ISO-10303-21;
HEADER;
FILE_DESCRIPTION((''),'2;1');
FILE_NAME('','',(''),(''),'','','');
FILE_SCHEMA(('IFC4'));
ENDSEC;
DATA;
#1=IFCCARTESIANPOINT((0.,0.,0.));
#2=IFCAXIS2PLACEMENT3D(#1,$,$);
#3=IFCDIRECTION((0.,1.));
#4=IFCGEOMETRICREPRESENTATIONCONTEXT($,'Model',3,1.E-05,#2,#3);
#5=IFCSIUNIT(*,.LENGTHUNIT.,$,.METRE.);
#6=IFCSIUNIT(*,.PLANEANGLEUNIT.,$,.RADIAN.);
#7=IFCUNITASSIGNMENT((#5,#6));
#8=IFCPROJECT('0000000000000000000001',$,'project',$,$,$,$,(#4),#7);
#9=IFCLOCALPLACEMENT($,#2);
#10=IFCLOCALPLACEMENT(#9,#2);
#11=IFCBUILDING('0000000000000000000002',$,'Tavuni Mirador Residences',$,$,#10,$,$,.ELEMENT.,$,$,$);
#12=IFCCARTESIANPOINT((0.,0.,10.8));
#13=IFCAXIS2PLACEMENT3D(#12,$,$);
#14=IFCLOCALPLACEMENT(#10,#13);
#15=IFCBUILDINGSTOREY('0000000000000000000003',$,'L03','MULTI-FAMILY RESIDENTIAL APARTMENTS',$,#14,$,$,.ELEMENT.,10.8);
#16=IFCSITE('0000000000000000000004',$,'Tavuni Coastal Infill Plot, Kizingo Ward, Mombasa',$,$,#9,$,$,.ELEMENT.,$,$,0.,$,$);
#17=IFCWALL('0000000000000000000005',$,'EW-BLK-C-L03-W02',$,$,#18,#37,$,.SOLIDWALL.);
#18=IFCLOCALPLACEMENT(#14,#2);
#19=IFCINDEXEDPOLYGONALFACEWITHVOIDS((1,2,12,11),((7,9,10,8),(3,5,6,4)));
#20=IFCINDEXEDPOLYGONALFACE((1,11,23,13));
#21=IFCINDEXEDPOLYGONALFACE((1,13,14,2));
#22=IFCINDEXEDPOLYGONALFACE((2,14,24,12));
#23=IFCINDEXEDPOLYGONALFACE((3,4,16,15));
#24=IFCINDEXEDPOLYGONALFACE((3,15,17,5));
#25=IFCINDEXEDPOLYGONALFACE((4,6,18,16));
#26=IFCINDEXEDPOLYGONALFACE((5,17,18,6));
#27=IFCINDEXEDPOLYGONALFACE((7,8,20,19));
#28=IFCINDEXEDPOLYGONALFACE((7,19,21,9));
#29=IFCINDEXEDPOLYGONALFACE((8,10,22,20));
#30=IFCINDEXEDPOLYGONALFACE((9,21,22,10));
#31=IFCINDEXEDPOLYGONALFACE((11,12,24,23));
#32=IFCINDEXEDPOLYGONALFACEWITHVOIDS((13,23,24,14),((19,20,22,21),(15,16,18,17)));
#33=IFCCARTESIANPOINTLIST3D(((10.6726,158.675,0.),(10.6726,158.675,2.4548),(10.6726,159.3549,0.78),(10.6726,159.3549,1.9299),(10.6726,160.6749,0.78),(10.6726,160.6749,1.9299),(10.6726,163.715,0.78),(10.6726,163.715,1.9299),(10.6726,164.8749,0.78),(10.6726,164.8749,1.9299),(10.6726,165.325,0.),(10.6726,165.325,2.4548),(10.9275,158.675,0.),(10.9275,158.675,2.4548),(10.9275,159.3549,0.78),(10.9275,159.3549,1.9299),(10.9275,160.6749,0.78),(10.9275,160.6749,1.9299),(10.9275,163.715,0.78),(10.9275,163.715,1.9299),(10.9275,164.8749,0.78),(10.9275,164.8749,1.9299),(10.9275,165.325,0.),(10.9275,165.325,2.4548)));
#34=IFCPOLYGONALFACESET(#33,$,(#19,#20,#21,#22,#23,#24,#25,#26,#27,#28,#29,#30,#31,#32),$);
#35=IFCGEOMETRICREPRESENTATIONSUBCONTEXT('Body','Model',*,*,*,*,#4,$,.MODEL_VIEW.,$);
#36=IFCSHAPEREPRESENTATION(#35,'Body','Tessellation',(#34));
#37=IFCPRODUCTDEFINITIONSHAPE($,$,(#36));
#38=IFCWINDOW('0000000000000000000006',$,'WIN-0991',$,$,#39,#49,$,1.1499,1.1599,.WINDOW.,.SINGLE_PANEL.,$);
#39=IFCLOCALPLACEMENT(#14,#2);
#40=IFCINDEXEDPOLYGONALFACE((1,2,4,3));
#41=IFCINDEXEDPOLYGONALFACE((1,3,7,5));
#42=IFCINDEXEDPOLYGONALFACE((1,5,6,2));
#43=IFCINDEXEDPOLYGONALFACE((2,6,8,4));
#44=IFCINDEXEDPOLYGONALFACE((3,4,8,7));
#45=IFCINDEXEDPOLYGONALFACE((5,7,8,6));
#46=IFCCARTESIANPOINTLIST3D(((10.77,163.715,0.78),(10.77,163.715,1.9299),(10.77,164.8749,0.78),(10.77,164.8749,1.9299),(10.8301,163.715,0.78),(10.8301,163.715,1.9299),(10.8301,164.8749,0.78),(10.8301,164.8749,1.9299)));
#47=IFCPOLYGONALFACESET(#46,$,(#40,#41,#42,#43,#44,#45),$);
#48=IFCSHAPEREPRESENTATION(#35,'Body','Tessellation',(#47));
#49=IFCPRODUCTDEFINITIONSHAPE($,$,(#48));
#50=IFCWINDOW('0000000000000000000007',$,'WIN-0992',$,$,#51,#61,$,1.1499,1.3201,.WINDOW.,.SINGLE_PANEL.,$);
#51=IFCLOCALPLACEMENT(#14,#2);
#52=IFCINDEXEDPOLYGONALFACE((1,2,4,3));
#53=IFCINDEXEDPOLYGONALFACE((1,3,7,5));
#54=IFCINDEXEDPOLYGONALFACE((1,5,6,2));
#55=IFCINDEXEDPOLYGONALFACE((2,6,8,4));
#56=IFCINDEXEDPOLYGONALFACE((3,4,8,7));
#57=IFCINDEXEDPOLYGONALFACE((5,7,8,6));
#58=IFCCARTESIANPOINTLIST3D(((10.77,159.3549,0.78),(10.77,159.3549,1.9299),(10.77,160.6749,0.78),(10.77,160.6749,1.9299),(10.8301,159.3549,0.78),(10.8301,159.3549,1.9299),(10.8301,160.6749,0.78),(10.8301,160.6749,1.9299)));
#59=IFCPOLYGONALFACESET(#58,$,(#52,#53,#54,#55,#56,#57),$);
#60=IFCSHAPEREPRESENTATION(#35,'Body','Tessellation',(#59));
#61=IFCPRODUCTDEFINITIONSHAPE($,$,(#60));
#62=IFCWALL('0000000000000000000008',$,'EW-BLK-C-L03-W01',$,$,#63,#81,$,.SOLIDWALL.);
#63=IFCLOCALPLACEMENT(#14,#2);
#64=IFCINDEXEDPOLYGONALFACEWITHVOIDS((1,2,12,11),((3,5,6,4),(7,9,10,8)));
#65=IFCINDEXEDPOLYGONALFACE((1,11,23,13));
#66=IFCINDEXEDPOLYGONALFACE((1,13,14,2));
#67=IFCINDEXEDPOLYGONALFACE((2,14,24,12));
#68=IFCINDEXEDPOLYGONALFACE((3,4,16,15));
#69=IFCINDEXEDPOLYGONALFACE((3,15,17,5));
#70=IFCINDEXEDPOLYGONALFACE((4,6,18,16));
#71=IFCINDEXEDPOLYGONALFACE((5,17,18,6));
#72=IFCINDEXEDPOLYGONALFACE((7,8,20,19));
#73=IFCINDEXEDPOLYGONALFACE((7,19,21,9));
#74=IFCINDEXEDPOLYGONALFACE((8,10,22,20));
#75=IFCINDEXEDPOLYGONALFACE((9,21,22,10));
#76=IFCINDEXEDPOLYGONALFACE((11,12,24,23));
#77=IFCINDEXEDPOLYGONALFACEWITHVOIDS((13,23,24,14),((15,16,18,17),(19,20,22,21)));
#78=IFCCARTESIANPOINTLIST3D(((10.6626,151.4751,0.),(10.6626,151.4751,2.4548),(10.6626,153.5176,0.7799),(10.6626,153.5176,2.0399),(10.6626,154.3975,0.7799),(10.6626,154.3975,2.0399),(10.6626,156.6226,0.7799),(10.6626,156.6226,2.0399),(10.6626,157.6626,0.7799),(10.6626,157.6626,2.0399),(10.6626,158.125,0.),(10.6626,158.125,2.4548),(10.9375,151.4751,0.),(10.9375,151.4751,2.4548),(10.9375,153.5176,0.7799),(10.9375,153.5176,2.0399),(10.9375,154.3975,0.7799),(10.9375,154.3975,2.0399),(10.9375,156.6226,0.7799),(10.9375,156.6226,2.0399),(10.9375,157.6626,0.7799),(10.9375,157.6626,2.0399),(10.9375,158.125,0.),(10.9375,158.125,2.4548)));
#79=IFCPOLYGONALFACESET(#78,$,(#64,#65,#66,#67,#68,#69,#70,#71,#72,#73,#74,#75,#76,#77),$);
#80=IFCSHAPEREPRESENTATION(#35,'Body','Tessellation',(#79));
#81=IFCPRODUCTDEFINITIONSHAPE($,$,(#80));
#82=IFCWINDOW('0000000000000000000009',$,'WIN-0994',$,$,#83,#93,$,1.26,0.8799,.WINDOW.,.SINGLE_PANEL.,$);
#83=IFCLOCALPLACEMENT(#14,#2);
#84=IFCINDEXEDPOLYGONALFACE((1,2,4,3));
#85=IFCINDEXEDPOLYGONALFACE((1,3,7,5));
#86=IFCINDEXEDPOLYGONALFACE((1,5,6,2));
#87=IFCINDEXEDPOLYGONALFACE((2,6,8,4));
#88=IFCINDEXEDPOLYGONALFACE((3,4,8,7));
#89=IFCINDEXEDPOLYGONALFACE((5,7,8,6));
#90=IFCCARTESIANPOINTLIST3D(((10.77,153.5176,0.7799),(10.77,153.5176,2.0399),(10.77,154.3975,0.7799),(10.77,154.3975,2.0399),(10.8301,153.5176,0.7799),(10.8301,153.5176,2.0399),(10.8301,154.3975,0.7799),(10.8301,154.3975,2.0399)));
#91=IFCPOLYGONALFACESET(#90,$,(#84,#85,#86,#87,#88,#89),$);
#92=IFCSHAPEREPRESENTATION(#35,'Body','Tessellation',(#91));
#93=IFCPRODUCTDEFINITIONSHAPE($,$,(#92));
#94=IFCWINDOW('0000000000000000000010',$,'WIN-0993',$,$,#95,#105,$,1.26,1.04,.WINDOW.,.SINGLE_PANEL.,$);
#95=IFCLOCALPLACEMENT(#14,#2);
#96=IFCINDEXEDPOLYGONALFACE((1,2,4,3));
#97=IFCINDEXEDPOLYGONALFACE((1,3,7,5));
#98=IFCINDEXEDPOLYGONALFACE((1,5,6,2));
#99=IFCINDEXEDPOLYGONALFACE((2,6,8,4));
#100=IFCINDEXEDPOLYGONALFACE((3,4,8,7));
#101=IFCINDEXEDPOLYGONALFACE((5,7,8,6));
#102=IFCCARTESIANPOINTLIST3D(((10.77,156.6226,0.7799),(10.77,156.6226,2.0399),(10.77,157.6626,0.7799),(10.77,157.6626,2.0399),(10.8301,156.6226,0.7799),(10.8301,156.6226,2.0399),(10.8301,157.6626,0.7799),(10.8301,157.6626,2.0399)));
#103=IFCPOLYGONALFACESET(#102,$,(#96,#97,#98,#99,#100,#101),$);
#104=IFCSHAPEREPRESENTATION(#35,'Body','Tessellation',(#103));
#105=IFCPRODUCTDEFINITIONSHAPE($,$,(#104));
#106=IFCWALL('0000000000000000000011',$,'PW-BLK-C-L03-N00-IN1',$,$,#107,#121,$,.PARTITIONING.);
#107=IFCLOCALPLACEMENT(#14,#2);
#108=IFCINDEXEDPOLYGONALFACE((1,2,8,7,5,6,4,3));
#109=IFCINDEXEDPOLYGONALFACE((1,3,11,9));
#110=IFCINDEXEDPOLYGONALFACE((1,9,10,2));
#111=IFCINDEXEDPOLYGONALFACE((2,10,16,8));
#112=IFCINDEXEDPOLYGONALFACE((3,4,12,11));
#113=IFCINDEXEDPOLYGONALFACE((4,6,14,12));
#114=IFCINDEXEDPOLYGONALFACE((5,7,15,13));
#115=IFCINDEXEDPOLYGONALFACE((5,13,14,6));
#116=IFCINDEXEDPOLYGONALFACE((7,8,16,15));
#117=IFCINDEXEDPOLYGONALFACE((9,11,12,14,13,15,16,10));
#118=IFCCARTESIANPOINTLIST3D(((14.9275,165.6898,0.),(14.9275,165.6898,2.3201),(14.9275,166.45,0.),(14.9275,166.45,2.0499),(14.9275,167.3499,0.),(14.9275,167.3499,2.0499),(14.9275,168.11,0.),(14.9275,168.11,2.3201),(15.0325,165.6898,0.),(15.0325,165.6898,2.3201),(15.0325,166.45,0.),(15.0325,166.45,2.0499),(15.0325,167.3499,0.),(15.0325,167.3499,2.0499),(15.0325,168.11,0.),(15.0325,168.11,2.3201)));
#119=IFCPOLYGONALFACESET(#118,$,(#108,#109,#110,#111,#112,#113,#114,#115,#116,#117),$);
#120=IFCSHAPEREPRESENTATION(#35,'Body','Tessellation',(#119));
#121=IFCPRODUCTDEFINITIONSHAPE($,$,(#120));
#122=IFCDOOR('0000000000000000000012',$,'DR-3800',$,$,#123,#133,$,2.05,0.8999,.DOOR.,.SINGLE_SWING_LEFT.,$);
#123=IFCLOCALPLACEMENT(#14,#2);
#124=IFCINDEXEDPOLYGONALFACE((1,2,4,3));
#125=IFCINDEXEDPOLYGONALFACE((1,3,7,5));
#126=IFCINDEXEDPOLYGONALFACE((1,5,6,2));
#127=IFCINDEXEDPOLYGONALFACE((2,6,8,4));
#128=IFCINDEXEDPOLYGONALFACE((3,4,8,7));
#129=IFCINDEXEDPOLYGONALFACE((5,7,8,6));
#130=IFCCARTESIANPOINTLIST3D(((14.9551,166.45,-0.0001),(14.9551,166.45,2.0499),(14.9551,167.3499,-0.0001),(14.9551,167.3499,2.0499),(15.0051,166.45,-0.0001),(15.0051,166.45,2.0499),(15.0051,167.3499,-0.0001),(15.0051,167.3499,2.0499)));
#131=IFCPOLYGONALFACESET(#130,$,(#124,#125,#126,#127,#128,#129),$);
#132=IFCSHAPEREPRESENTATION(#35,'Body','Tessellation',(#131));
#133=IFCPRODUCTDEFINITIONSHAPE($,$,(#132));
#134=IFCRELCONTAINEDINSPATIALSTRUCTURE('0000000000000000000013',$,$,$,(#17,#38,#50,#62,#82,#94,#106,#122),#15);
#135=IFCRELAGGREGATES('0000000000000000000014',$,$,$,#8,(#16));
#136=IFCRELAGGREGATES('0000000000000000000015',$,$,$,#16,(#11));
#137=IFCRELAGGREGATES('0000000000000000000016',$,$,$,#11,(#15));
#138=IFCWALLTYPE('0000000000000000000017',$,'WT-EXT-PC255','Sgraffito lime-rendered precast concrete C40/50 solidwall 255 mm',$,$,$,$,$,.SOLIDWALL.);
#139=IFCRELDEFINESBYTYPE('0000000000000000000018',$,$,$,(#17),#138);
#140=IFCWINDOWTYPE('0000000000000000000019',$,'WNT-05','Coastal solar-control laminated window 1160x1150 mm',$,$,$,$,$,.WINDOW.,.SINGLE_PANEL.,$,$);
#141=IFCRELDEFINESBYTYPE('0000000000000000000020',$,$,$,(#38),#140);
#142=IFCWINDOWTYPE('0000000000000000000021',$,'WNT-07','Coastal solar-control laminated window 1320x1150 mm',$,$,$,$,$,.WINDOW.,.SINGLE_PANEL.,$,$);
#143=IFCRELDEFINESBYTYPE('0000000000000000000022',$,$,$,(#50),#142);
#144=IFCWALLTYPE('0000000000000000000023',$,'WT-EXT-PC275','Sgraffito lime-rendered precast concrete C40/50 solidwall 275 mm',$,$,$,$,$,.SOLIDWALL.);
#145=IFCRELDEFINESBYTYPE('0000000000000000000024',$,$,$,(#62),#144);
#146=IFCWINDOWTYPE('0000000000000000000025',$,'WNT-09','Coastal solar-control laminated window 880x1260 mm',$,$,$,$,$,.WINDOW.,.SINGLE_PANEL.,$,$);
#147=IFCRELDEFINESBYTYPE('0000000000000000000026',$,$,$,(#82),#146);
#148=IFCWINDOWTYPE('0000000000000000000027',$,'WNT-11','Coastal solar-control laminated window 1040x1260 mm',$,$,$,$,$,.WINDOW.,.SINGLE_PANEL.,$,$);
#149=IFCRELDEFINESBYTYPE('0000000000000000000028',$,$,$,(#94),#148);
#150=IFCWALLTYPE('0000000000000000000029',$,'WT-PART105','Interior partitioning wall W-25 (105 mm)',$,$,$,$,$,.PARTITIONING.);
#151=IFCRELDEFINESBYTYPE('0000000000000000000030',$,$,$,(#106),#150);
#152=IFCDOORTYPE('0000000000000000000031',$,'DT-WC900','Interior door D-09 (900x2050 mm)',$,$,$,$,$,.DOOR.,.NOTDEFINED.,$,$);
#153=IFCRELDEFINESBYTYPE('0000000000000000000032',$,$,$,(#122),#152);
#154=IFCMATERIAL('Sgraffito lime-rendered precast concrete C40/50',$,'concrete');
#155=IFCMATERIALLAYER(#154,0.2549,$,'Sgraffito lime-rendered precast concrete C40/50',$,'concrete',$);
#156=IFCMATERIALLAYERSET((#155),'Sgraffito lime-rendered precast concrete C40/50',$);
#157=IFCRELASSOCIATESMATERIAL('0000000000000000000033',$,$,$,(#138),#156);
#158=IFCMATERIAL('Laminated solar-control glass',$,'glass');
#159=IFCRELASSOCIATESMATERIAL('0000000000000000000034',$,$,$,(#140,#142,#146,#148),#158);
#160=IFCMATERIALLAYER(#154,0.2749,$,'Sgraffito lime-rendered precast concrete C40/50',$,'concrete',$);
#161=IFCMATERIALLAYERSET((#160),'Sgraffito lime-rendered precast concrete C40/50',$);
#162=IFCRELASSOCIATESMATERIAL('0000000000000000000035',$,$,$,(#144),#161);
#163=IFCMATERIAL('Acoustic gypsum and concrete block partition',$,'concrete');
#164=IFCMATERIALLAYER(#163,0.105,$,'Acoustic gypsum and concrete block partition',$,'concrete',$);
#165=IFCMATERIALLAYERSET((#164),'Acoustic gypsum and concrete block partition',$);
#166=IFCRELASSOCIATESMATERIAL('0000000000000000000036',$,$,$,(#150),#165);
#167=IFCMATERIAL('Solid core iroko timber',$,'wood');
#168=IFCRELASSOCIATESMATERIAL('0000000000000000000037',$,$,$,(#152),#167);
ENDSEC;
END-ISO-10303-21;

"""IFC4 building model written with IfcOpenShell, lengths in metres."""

from ifc_helpers import new_model, si_unit, direction, frame, frame_2d, origin, place, context, subcontext, project, spatial, rectangle, extrude, material, layer, layer_set, type_object, element, fill, save


model = new_model("IFC4")

# Units and contexts
model_context = context("Model", 3, precision=1e-05, world=origin(), true_north=direction((0.0, 1.0)))
body_context = subcontext(model_context, "Body", "Model", "MODEL_VIEW")
ifc_project = project(units=[si_unit("LENGTHUNIT", "METRE"), si_unit("PLANEANGLEUNIT", "RADIAN")], contexts=[model_context])

# Site, building, storey
site_placement = place(None, origin())
site = spatial("IfcSite", under=ifc_project, at=site_placement, Name="Tavuni Coastal Infill Plot, Kizingo Ward, Mombasa", CompositionType="ELEMENT", RefElevation=0.0)
building_placement = place(site_placement, origin())
building = spatial("IfcBuilding", under=site, at=building_placement, Name="Tavuni Mirador Residences", CompositionType="ELEMENT")
storey_placement = place(building_placement, frame((0.0, 0.0, 10.8)))
storey = spatial("IfcBuildingStorey", under=building, at=storey_placement, Name="L03", Description="MULTI-FAMILY RESIDENTIAL APARTMENTS", CompositionType="ELEMENT", Elevation=10.8)

# Shared definitions
ifc_material_1 = material(Name="Solid core iroko timber", Category="wood")

# Walls, openings, windows
ifc_material_2 = material(Name="Sgraffito lime-rendered precast concrete C40/50", Category="concrete")
ifc_layer_1 = layer(ifc_material_2, 0.2549, Name="Sgraffito lime-rendered precast concrete C40/50", Category="concrete")
ifc_layer_set_1 = layer_set([ifc_layer_1], Name="Sgraffito lime-rendered precast concrete C40/50")
wall_type_1 = type_object("IfcWallType", Name="WT-EXT-PC255", Description="Sgraffito lime-rendered precast concrete C40/50 solidwall 255 mm", PredefinedType="SOLIDWALL", material=ifc_layer_set_1)
wall_1_placement = place(storey_placement, frame((10.8, 165.325, 0.0), z_axis=(0.0, 0.0, 1.0), x_axis=(0.0, -1.0, 0.0)))
wall_1 = element("IfcWall", 1, at=wall_1_placement, inside=storey, type_object=wall_type_1, Name="EW-BLK-C-L03-W02", PredefinedType="SOLIDWALL", context=body_context, shape_type="SweptSolid", body=[
    extrude(rectangle(XDim=6.6499, YDim=0.2549, at=frame_2d((3.325, 0.0))), origin(), (0.0, 0.0, 1.0), 2.4548),
])
opening_1_placement = place(wall_1_placement, frame((0.45, 0.0, 0.78)))
opening_1 = element("IfcOpeningElement", 2, at=opening_1_placement, cuts=wall_1, PredefinedType="OPENING", context=body_context, shape_type="SweptSolid", body=[
    extrude(rectangle(XDim=1.1599, YDim=1.1499, at=frame_2d((0.5801, 0.575))), frame((0.0, 0.1375, 0.0), z_axis=(0.0, -1.0, 0.0), x_axis=(1.0, 0.0, 0.0)), (0.0, 0.0, 1.0), 0.2749),
])
opening_2_placement = place(wall_1_placement, frame((4.6499, 0.0, 0.78)))
opening_2 = element("IfcOpeningElement", 3, at=opening_2_placement, cuts=wall_1, PredefinedType="OPENING", context=body_context, shape_type="SweptSolid", body=[
    extrude(rectangle(XDim=1.3201, YDim=1.1499, at=frame_2d((0.6602, 0.575))), frame((0.0, 0.1375, 0.0), z_axis=(0.0, -1.0, 0.0), x_axis=(1.0, 0.0, 0.0)), (0.0, 0.0, 1.0), 0.2749),
])
ifc_material_3 = material(Name="Laminated solar-control glass", Category="glass")
window_type_1 = type_object("IfcWindowType", Name="WNT-05", Description="Coastal solar-control laminated window 1160x1150 mm", PartitioningType="SINGLE_PANEL", PredefinedType="WINDOW", material=ifc_material_3)
window_1_placement = place(opening_1_placement, origin())
window_1 = element("IfcWindow", 4, at=window_1_placement, inside=storey, type_object=window_type_1, Name="WIN-0991", OverallHeight=1.1499, OverallWidth=1.1599, PartitioningType="SINGLE_PANEL", PredefinedType="WINDOW", context=body_context, shape_type="SweptSolid", body=[
    extrude(rectangle(XDim=1.1599, YDim=1.1499, at=frame_2d((0.5801, 0.575))), frame((0.0, 0.03, 0.0), z_axis=(0.0, -1.0, 0.0), x_axis=(1.0, 0.0, 0.0)), (0.0, 0.0, 1.0), 0.0601),
])
fill(opening_1, window_1)
window_type_2 = type_object("IfcWindowType", Name="WNT-07", Description="Coastal solar-control laminated window 1320x1150 mm", PartitioningType="SINGLE_PANEL", PredefinedType="WINDOW", material=ifc_material_3)
window_2_placement = place(opening_2_placement, origin())
window_2 = element("IfcWindow", 5, at=window_2_placement, inside=storey, type_object=window_type_2, Name="WIN-0992", OverallHeight=1.1499, OverallWidth=1.3201, PartitioningType="SINGLE_PANEL", PredefinedType="WINDOW", context=body_context, shape_type="SweptSolid", body=[
    extrude(rectangle(XDim=1.3201, YDim=1.1499, at=frame_2d((0.6602, 0.575))), frame((0.0, 0.03, 0.0), z_axis=(0.0, -1.0, 0.0), x_axis=(1.0, 0.0, 0.0)), (0.0, 0.0, 1.0), 0.0601),
])
fill(opening_2, window_2)
ifc_layer_2 = layer(ifc_material_2, 0.2749, Name="Sgraffito lime-rendered precast concrete C40/50", Category="concrete")
ifc_layer_set_2 = layer_set([ifc_layer_2], Name="Sgraffito lime-rendered precast concrete C40/50")
wall_type_2 = type_object("IfcWallType", Name="WT-EXT-PC275", Description="Sgraffito lime-rendered precast concrete C40/50 solidwall 275 mm", PredefinedType="SOLIDWALL", material=ifc_layer_set_2)
wall_2_placement = place(storey_placement, frame((10.8, 158.125, 0.0), z_axis=(0.0, 0.0, 1.0), x_axis=(0.0, -1.0, 0.0)))
wall_2 = element("IfcWall", 6, at=wall_2_placement, inside=storey, type_object=wall_type_2, Name="EW-BLK-C-L03-W01", PredefinedType="SOLIDWALL", context=body_context, shape_type="SweptSolid", body=[
    extrude(rectangle(XDim=6.6499, YDim=0.2749, at=frame_2d((3.325, 0.0))), origin(), (0.0, 0.0, 1.0), 2.4548),
])
opening_3_placement = place(wall_2_placement, frame((0.4624, 0.0, 0.78)))
opening_3 = element("IfcOpeningElement", 7, at=opening_3_placement, cuts=wall_2, PredefinedType="OPENING", context=body_context, shape_type="SweptSolid", body=[
    extrude(rectangle(XDim=1.04, YDim=1.26, at=frame_2d((0.52, 0.6299))), frame((0.0, 0.1475, 0.0), z_axis=(0.0, -1.0, 0.0), x_axis=(1.0, 0.0, 0.0)), (0.0, 0.0, 1.0), 0.2949),
])
opening_4_placement = place(wall_2_placement, frame((3.7275, 0.0, 0.78)))
opening_4 = element("IfcOpeningElement", 8, at=opening_4_placement, cuts=wall_2, PredefinedType="OPENING", context=body_context, shape_type="SweptSolid", body=[
    extrude(rectangle(XDim=0.8799, YDim=1.26, at=frame_2d((0.4399, 0.6299))), frame((0.0, 0.1475, 0.0), z_axis=(0.0, -1.0, 0.0), x_axis=(1.0, 0.0, 0.0)), (0.0, 0.0, 1.0), 0.2949),
])
window_type_3 = type_object("IfcWindowType", Name="WNT-09", Description="Coastal solar-control laminated window 880x1260 mm", PartitioningType="SINGLE_PANEL", PredefinedType="WINDOW", material=ifc_material_3)
window_3_placement = place(opening_4_placement, origin())
window_3 = element("IfcWindow", 9, at=window_3_placement, inside=storey, type_object=window_type_3, Name="WIN-0994", OverallHeight=1.26, OverallWidth=0.8799, PartitioningType="SINGLE_PANEL", PredefinedType="WINDOW", context=body_context, shape_type="SweptSolid", body=[
    extrude(rectangle(XDim=0.8799, YDim=1.26, at=frame_2d((0.4399, 0.6299))), frame((0.0, 0.03, 0.0), z_axis=(0.0, -1.0, 0.0), x_axis=(1.0, 0.0, 0.0)), (0.0, 0.0, 1.0), 0.0601),
])
fill(opening_4, window_3)
window_type_4 = type_object("IfcWindowType", Name="WNT-11", Description="Coastal solar-control laminated window 1040x1260 mm", PartitioningType="SINGLE_PANEL", PredefinedType="WINDOW", material=ifc_material_3)
window_4_placement = place(opening_3_placement, origin())
window_4 = element("IfcWindow", 10, at=window_4_placement, inside=storey, type_object=window_type_4, Name="WIN-0993", OverallHeight=1.26, OverallWidth=1.04, PartitioningType="SINGLE_PANEL", PredefinedType="WINDOW", context=body_context, shape_type="SweptSolid", body=[
    extrude(rectangle(XDim=1.04, YDim=1.26, at=frame_2d((0.52, 0.6299))), frame((0.0, 0.03, 0.0), z_axis=(0.0, -1.0, 0.0), x_axis=(1.0, 0.0, 0.0)), (0.0, 0.0, 1.0), 0.0601),
])
fill(opening_3, window_4)

# Wall, opening, door
ifc_material_4 = material(Name="Acoustic gypsum and concrete block partition", Category="concrete")
ifc_layer_3 = layer(ifc_material_4, 0.105, Name="Acoustic gypsum and concrete block partition", Category="concrete")
ifc_layer_set_3 = layer_set([ifc_layer_3], Name="Acoustic gypsum and concrete block partition")
wall_type_3 = type_object("IfcWallType", Name="WT-PART105", Description="Interior partitioning wall W-25 (105 mm)", PredefinedType="PARTITIONING", material=ifc_layer_set_3)
wall_3_placement = place(storey_placement, frame((14.98, 165.6899, 0.0), z_axis=(0.0, 0.0, 1.0), x_axis=(0.0, 1.0, 0.0)))
wall_3 = element("IfcWall", 11, at=wall_3_placement, inside=storey, type_object=wall_type_3, Name="PW-BLK-C-L03-N00-IN1", PredefinedType="PARTITIONING", context=body_context, shape_type="SweptSolid", body=[
    extrude(rectangle(XDim=2.4202, YDim=0.105, at=frame_2d((1.21, 0.0))), origin(), (0.0, 0.0, 1.0), 2.3201),
])
opening_5_placement = place(wall_3_placement, frame((0.76, 0.0, 0.0)))
opening_5 = element("IfcOpeningElement", 12, at=opening_5_placement, cuts=wall_3, PredefinedType="OPENING", context=body_context, shape_type="SweptSolid", body=[
    extrude(rectangle(XDim=0.8999, YDim=2.05, at=frame_2d((0.45, 1.0249))), frame((0.0, 0.0625, 0.0), z_axis=(0.0, -1.0, 0.0), x_axis=(1.0, 0.0, 0.0)), (0.0, 0.0, 1.0), 0.125),
])
door_type_1 = type_object("IfcDoorType", Name="DT-WC900", Description="Interior door D-09 (900x2050 mm)", OperationType="NOTDEFINED", PredefinedType="DOOR", material=ifc_material_1)
door_1_placement = place(opening_5_placement, origin())
door_1 = element("IfcDoor", 13, at=door_1_placement, inside=storey, type_object=door_type_1, Name="DR-3800", OperationType="SINGLE_SWING_LEFT", OverallHeight=2.05, OverallWidth=0.8999, PredefinedType="DOOR", context=body_context, shape_type="SweptSolid", body=[
    extrude(rectangle(XDim=0.8999, YDim=2.05, at=frame_2d((0.45, 1.0249))), frame((0.0, 0.0249, 0.0), z_axis=(0.0, -1.0, 0.0), x_axis=(1.0, 0.0, 0.0)), (0.0, 0.0, 1.0), 0.05),
])
fill(opening_5, door_1)

save(model, "model.ifc")
